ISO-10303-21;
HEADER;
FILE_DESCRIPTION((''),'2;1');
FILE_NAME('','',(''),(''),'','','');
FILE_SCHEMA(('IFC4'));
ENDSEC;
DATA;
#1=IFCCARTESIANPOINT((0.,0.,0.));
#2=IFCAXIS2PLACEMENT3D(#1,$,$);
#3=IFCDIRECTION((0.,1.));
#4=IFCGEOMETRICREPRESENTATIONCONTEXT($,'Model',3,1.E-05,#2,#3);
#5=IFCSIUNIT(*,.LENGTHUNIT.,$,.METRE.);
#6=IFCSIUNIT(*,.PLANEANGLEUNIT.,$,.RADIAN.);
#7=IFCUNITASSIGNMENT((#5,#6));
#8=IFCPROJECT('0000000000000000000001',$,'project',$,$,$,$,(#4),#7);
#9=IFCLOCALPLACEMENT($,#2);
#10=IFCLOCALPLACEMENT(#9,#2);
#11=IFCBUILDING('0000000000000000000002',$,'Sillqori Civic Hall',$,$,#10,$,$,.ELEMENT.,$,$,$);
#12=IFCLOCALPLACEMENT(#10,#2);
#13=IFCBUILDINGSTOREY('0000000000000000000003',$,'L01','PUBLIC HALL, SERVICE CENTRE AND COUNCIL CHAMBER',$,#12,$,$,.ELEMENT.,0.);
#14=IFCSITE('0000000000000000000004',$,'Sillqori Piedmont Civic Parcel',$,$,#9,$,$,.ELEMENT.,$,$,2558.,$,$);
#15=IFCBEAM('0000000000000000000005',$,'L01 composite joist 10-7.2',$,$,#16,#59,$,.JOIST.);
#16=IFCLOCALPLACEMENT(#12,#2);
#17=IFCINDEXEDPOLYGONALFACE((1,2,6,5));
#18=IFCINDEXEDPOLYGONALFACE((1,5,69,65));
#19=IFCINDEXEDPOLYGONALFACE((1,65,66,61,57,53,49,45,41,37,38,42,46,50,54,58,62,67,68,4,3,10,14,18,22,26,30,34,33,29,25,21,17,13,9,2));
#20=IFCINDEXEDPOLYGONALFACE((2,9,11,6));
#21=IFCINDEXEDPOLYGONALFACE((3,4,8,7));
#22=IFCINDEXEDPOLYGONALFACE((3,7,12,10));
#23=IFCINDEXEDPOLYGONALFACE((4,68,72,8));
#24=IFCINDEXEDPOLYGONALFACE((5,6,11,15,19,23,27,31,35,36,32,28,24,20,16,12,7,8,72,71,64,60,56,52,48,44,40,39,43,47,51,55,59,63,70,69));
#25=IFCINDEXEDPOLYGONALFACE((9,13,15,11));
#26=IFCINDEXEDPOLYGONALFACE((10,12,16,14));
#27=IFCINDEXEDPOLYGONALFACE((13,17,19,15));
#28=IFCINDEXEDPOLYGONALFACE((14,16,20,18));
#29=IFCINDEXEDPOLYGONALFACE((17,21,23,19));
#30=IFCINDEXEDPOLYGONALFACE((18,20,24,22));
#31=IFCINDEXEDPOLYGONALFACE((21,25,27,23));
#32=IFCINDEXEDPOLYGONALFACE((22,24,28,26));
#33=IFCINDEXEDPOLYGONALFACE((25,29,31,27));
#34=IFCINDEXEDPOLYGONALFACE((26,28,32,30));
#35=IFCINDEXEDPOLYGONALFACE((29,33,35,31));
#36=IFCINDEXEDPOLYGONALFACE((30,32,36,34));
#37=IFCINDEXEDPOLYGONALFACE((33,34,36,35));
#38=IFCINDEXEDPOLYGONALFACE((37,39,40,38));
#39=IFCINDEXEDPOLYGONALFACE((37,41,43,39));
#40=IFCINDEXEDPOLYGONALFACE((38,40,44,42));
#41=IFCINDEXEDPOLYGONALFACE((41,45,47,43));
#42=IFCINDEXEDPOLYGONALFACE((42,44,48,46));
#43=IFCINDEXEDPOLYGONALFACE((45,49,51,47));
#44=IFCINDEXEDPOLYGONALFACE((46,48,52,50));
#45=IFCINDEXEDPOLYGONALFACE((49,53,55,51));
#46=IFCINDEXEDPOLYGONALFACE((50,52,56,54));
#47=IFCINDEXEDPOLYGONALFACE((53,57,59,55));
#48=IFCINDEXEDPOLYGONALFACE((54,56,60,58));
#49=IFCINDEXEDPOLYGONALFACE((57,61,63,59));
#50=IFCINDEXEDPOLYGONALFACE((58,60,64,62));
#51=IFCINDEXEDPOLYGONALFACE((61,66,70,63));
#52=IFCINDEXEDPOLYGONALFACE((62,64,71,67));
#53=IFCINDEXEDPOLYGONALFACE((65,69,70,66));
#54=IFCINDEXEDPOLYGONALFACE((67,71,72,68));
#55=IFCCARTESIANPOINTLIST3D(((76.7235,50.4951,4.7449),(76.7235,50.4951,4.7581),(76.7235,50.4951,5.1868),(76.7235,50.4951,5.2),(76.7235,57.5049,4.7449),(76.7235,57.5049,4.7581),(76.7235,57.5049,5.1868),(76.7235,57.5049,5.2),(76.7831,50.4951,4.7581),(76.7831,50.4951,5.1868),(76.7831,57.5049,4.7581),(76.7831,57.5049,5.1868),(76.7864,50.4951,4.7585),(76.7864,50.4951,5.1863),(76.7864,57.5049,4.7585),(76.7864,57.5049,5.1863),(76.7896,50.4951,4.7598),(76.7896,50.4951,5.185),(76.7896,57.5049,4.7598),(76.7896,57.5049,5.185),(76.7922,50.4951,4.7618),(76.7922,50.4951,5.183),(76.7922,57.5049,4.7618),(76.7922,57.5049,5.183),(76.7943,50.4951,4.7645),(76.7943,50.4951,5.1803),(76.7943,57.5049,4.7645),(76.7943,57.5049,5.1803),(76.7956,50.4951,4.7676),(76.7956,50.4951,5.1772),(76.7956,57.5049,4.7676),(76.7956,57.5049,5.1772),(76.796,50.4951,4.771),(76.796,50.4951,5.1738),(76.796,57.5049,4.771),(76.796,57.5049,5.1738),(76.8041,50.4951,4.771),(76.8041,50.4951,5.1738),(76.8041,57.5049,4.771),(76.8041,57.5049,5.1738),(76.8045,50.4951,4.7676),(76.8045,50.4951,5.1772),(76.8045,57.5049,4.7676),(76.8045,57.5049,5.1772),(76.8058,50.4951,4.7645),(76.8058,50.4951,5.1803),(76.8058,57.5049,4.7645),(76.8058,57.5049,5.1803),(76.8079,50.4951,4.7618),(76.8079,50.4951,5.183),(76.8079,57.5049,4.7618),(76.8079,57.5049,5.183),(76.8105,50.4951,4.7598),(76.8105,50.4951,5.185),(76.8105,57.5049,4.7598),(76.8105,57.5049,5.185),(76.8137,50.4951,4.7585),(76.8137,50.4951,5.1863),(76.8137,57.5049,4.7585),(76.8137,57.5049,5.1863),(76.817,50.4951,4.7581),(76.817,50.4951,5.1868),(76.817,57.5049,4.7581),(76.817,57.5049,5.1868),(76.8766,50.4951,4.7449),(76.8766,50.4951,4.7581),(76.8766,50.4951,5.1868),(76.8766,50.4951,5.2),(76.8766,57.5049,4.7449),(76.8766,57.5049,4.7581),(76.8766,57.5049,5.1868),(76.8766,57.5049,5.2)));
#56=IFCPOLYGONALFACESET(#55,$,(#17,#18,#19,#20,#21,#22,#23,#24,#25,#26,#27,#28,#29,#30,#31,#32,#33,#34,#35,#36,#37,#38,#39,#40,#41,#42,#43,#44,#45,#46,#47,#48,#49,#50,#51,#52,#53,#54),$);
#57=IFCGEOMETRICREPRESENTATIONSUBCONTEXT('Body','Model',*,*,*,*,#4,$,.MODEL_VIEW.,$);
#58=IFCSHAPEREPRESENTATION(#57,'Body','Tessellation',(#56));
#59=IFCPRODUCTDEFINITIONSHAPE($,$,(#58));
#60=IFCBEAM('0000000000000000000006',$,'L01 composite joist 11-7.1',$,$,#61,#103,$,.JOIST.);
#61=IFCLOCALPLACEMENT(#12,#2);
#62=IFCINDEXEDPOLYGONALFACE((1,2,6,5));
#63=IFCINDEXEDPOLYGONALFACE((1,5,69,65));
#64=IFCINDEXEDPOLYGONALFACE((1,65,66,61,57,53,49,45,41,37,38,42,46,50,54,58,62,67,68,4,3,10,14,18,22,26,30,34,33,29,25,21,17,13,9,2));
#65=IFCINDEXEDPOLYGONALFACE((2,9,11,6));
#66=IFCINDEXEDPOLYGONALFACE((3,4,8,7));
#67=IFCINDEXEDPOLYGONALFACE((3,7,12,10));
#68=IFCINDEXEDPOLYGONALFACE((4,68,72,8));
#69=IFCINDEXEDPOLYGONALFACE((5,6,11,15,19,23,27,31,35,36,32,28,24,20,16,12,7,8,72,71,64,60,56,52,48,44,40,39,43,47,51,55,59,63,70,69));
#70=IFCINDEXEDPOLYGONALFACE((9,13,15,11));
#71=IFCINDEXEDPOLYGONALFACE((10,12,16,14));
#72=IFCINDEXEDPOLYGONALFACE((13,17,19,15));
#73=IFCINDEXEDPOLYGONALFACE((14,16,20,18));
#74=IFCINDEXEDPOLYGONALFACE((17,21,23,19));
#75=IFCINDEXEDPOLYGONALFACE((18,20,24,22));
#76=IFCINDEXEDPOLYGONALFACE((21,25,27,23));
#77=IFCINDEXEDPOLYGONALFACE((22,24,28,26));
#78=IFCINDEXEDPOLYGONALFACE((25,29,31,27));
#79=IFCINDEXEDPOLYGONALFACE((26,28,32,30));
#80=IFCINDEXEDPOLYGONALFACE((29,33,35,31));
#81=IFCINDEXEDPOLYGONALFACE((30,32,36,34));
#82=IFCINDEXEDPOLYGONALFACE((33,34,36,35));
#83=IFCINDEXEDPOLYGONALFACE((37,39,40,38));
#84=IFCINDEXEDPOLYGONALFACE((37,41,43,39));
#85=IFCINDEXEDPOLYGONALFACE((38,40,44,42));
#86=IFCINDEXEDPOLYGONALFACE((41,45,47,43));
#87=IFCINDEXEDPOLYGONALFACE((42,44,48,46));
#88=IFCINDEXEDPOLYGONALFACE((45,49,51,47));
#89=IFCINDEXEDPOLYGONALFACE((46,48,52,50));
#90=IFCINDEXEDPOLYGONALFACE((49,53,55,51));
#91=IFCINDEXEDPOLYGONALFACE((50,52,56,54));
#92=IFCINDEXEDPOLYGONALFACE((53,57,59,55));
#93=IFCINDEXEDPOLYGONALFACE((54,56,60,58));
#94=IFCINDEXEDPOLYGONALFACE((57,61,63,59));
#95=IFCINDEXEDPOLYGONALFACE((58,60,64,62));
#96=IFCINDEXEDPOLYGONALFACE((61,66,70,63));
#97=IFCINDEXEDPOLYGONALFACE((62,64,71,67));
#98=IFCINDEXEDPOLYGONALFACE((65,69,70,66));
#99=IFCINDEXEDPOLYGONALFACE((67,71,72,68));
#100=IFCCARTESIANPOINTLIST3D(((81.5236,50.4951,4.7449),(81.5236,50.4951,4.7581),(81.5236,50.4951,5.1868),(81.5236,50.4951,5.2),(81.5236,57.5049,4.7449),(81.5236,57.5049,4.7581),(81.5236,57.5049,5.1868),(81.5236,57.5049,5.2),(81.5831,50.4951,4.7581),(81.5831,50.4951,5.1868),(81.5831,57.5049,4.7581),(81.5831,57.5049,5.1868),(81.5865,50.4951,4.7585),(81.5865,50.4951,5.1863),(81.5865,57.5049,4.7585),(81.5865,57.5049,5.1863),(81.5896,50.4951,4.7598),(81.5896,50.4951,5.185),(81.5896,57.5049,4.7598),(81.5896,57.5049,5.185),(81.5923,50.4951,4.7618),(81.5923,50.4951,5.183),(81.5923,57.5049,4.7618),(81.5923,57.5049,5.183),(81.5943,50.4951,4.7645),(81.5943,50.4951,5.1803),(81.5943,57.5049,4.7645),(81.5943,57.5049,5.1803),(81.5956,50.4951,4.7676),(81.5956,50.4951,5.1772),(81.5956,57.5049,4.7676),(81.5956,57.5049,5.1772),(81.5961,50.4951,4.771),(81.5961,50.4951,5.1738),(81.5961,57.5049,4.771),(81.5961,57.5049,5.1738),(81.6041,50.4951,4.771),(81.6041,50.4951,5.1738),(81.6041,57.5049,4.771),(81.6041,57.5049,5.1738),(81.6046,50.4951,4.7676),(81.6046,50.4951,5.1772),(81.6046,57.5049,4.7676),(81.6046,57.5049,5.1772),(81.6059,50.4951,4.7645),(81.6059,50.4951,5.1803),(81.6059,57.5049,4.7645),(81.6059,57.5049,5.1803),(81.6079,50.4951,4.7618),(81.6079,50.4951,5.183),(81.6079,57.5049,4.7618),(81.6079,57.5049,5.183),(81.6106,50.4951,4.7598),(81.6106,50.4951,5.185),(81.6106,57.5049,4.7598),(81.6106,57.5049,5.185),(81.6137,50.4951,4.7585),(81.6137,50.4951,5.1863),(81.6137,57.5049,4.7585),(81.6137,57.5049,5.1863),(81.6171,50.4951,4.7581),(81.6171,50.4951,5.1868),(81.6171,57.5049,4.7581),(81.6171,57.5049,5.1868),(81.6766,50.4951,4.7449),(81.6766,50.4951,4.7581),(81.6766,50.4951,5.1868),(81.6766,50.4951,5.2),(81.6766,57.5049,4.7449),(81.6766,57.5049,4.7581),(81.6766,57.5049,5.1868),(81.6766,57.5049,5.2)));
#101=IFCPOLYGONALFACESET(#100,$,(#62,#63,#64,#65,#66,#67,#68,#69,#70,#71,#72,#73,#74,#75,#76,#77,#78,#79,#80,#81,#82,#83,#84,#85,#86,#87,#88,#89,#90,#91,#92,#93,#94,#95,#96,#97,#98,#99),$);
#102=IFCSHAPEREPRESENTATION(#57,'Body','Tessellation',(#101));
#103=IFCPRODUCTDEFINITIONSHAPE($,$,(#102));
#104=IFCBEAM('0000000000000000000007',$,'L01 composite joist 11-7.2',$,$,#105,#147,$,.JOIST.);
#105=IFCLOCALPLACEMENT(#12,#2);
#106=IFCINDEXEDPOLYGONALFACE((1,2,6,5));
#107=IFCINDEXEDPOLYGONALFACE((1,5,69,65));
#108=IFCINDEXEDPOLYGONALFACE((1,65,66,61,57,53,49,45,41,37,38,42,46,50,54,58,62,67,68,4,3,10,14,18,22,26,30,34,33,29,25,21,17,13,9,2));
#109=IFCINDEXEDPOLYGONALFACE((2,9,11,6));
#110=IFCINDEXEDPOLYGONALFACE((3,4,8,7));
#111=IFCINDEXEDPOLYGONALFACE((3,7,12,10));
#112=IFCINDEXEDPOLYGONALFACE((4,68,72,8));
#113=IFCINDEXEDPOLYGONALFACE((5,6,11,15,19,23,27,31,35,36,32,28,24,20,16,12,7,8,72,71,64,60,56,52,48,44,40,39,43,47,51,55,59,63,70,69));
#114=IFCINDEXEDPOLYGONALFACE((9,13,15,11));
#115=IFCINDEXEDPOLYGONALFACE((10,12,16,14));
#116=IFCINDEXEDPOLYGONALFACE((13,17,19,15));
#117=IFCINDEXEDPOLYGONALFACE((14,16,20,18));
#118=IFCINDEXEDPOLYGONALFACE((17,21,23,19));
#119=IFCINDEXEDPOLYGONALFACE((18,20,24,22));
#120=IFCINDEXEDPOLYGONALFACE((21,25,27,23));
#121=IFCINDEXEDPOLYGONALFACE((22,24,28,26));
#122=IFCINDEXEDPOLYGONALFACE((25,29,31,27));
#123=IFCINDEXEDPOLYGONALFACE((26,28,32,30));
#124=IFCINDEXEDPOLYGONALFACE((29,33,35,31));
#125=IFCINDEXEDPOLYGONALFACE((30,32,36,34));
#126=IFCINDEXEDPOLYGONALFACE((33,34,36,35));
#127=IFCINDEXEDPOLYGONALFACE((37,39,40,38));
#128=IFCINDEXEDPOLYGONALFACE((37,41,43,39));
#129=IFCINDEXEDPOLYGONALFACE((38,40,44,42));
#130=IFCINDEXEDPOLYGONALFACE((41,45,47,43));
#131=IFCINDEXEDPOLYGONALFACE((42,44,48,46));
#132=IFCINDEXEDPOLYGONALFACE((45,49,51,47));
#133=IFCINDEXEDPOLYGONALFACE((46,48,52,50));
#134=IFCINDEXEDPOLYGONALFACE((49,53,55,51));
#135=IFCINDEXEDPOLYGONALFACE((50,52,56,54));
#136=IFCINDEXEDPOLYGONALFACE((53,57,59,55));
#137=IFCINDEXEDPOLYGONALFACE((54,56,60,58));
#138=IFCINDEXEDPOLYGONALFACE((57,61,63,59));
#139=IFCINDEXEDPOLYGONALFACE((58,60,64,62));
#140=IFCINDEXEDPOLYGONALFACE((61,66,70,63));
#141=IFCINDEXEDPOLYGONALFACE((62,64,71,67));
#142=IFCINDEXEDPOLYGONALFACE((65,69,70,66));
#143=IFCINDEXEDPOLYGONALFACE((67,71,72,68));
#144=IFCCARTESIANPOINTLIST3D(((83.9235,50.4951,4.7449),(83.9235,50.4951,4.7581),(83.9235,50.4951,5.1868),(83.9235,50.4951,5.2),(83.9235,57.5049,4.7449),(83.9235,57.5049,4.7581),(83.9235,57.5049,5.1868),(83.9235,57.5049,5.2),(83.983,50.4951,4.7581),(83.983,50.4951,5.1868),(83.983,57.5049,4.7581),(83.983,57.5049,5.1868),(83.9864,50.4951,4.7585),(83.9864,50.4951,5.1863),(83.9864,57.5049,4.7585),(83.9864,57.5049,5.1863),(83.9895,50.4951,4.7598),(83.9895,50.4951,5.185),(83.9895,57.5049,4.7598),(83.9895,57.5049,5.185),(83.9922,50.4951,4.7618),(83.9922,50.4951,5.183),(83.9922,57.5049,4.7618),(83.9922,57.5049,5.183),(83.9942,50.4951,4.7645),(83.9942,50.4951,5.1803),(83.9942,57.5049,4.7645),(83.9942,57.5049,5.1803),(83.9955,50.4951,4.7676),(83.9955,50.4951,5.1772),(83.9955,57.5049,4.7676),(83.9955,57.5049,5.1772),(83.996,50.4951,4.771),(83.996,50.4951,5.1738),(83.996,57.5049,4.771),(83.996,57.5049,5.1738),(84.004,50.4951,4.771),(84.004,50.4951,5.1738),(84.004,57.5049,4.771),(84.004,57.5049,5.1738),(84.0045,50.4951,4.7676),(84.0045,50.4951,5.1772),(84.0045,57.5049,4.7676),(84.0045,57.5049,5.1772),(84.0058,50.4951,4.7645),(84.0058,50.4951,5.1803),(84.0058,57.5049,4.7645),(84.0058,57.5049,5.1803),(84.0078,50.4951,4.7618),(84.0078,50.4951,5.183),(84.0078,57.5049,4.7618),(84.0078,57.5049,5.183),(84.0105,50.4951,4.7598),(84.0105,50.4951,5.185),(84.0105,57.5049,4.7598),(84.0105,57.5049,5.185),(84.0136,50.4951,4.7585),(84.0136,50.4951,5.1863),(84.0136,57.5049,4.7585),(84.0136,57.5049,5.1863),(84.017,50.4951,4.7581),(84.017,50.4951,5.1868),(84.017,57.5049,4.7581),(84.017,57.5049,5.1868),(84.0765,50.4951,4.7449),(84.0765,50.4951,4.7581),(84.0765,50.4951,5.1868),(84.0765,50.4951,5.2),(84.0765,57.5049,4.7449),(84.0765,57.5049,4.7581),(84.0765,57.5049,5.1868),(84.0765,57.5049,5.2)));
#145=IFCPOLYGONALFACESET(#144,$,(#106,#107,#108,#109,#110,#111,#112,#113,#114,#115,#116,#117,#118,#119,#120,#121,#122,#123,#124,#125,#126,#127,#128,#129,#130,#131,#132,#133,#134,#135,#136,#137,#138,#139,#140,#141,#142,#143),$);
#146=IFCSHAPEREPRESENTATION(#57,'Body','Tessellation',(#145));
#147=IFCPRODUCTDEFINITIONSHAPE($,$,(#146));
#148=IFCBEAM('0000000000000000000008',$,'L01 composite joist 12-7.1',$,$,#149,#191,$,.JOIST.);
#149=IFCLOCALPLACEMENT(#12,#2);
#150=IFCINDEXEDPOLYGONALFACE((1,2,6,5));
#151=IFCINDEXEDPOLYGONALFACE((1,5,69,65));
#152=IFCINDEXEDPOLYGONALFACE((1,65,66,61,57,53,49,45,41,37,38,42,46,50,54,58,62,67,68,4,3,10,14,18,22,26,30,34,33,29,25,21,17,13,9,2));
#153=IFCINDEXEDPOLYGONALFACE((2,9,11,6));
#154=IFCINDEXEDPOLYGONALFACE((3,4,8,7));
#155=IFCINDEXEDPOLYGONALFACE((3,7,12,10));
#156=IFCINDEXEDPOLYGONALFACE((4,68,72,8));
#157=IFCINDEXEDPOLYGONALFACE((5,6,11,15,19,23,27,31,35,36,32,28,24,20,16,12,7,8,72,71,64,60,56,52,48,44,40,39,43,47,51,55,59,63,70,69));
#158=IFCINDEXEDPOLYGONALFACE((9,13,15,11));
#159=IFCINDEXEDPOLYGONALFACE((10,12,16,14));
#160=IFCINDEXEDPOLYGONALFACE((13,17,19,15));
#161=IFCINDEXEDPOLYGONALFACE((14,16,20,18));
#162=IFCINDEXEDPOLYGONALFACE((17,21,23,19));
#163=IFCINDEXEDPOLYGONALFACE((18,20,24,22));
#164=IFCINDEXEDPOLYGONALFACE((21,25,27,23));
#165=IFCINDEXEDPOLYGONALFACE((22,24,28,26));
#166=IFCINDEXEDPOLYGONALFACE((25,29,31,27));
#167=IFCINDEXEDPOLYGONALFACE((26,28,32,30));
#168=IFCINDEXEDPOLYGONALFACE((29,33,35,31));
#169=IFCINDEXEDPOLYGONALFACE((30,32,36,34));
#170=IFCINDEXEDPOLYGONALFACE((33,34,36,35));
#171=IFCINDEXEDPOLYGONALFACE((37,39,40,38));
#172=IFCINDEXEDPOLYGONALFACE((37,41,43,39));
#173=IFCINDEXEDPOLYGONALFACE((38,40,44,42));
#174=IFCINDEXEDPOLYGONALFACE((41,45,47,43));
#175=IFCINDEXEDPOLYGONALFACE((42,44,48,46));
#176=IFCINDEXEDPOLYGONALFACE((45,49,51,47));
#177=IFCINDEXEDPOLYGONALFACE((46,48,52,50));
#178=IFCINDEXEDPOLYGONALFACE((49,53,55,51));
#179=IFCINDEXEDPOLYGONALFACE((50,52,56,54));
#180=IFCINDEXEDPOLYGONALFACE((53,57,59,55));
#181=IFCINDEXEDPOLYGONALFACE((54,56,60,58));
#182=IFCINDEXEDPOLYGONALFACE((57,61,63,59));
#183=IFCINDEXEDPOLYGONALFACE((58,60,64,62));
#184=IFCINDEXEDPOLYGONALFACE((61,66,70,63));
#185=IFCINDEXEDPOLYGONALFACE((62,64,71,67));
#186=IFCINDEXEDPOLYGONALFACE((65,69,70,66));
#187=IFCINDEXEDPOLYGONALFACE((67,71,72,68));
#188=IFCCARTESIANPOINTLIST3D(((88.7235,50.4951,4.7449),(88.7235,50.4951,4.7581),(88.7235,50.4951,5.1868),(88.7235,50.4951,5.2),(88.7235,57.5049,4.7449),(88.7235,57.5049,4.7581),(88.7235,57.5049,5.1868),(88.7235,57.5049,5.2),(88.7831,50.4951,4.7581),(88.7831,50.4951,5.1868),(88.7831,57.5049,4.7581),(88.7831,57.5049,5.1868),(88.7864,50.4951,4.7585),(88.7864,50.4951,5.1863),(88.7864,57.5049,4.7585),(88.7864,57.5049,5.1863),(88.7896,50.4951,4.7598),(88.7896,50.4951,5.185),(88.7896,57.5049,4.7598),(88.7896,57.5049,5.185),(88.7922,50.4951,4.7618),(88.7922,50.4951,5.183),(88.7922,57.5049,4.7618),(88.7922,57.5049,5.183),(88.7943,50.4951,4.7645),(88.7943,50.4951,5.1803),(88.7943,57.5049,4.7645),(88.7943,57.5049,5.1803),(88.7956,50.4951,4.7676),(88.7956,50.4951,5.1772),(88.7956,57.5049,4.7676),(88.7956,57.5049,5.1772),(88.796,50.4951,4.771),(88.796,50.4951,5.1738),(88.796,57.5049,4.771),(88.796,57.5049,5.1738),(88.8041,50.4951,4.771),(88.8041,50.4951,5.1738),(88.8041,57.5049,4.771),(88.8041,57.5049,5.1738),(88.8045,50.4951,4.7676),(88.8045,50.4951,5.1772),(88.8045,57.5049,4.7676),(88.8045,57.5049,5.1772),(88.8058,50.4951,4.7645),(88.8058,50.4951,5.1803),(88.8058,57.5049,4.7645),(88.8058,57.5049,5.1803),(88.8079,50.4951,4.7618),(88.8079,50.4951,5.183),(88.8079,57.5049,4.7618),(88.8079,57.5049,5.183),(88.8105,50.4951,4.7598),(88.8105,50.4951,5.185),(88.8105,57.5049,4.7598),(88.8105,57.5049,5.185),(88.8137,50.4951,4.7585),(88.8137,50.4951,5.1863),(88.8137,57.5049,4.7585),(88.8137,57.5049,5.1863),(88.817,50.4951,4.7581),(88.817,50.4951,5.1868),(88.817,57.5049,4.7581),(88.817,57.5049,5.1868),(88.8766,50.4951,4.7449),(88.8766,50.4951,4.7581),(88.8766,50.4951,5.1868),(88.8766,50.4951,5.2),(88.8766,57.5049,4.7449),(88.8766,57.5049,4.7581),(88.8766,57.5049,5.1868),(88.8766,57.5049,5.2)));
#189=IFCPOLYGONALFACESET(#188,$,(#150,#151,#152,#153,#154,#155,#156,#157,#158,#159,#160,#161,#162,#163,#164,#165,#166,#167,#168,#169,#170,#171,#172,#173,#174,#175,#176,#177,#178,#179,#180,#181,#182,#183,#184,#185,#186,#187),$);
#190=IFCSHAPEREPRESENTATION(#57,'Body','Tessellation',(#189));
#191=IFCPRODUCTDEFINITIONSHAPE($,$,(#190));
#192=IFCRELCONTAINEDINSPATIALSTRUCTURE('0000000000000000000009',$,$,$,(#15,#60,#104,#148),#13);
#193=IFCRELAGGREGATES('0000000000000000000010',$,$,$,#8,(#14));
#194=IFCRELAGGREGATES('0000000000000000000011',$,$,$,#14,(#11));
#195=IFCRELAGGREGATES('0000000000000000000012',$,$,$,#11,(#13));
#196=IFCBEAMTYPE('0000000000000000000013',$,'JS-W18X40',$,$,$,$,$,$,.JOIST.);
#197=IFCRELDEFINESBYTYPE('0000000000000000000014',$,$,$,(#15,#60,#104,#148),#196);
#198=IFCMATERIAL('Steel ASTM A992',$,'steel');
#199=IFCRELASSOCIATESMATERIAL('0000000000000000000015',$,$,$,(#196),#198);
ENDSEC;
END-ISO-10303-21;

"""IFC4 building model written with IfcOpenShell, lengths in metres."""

from ifc_helpers import new_model, si_unit, direction, frame, origin, origin_2d, place, context, subcontext, project, spatial, i_section, extrude, material, material_profile, profile_set, type_object, element, save


model = new_model("IFC4")

# Units and contexts
model_context = context("Model", 3, precision=1e-05, world=origin(), true_north=direction((0.0, 1.0)))
body_context = subcontext(model_context, "Body", "Model", "MODEL_VIEW")
ifc_project = project(units=[si_unit("LENGTHUNIT", "METRE"), si_unit("PLANEANGLEUNIT", "RADIAN")], contexts=[model_context])

# Site, building, storey
site_placement = place(None, origin())
site = spatial("IfcSite", under=ifc_project, at=site_placement, Name="Sillqori Piedmont Civic Parcel", CompositionType="ELEMENT", RefElevation=2558.0)
building_placement = place(site_placement, origin())
building = spatial("IfcBuilding", under=site, at=building_placement, Name="Sillqori Civic Hall", CompositionType="ELEMENT")
storey_placement = place(building_placement, origin())
storey = spatial("IfcBuildingStorey", under=building, at=storey_placement, Name="L01", Description="PUBLIC HALL, SERVICE CENTRE AND COUNCIL CHAMBER", CompositionType="ELEMENT", Elevation=0.0)

# Shared definitions
ifc_material_1 = material(Name="Steel ASTM A992", Category="steel")

# Beams
ifc_material_profile_1 = material_profile(ifc_material_1, i_section(OverallWidth=0.1531, OverallDepth=0.4551, WebThickness=0.0081, FlangeThickness=0.0132, FilletRadius=0.0129, at=origin_2d()), Name="W18X40")
ifc_profile_set_1 = profile_set([ifc_material_profile_1], Name="Steel ASTM A992")
beam_type_1 = type_object("IfcBeamType", Name="JS-W18X40", PredefinedType="JOIST", material=ifc_profile_set_1)
for number, where, z_axis, x_axis, name in (
    (1, (76.8, 50.4951, 4.9724), (0.0, 1.0, 0.0), (-1.0, 0.0, 0.0), "L01 composite joist 10-7.2"),
    (2, (81.6001, 50.4951, 4.9724), (0.0, 1.0, 0.0), (-1.0, 0.0, 0.0), "L01 composite joist 11-7.1"),
    (3, (84.0, 50.4951, 4.9724), (0.0, 1.0, 0.0), (-1.0, 0.0, 0.0), "L01 composite joist 11-7.2"),
    (4, (88.8, 50.4951, 4.9724), (0.0, 1.0, 0.0), (-1.0, 0.0, 0.0), "L01 composite joist 12-7.1"),
):
    element("IfcBeam", number, at=place(storey_placement, frame(where, z_axis=z_axis, x_axis=x_axis)), inside=storey, type_object=beam_type_1, Name=name, PredefinedType="JOIST", context=body_context, shape_type="SweptSolid", body=[
        extrude(i_section(OverallWidth=0.1531, OverallDepth=0.4551, WebThickness=0.0081, FlangeThickness=0.0132, FilletRadius=0.0129, at=origin_2d()), origin(), (0.0, 0.0, 1.0), 7.0098),
    ])

save(model, "model.ifc")
